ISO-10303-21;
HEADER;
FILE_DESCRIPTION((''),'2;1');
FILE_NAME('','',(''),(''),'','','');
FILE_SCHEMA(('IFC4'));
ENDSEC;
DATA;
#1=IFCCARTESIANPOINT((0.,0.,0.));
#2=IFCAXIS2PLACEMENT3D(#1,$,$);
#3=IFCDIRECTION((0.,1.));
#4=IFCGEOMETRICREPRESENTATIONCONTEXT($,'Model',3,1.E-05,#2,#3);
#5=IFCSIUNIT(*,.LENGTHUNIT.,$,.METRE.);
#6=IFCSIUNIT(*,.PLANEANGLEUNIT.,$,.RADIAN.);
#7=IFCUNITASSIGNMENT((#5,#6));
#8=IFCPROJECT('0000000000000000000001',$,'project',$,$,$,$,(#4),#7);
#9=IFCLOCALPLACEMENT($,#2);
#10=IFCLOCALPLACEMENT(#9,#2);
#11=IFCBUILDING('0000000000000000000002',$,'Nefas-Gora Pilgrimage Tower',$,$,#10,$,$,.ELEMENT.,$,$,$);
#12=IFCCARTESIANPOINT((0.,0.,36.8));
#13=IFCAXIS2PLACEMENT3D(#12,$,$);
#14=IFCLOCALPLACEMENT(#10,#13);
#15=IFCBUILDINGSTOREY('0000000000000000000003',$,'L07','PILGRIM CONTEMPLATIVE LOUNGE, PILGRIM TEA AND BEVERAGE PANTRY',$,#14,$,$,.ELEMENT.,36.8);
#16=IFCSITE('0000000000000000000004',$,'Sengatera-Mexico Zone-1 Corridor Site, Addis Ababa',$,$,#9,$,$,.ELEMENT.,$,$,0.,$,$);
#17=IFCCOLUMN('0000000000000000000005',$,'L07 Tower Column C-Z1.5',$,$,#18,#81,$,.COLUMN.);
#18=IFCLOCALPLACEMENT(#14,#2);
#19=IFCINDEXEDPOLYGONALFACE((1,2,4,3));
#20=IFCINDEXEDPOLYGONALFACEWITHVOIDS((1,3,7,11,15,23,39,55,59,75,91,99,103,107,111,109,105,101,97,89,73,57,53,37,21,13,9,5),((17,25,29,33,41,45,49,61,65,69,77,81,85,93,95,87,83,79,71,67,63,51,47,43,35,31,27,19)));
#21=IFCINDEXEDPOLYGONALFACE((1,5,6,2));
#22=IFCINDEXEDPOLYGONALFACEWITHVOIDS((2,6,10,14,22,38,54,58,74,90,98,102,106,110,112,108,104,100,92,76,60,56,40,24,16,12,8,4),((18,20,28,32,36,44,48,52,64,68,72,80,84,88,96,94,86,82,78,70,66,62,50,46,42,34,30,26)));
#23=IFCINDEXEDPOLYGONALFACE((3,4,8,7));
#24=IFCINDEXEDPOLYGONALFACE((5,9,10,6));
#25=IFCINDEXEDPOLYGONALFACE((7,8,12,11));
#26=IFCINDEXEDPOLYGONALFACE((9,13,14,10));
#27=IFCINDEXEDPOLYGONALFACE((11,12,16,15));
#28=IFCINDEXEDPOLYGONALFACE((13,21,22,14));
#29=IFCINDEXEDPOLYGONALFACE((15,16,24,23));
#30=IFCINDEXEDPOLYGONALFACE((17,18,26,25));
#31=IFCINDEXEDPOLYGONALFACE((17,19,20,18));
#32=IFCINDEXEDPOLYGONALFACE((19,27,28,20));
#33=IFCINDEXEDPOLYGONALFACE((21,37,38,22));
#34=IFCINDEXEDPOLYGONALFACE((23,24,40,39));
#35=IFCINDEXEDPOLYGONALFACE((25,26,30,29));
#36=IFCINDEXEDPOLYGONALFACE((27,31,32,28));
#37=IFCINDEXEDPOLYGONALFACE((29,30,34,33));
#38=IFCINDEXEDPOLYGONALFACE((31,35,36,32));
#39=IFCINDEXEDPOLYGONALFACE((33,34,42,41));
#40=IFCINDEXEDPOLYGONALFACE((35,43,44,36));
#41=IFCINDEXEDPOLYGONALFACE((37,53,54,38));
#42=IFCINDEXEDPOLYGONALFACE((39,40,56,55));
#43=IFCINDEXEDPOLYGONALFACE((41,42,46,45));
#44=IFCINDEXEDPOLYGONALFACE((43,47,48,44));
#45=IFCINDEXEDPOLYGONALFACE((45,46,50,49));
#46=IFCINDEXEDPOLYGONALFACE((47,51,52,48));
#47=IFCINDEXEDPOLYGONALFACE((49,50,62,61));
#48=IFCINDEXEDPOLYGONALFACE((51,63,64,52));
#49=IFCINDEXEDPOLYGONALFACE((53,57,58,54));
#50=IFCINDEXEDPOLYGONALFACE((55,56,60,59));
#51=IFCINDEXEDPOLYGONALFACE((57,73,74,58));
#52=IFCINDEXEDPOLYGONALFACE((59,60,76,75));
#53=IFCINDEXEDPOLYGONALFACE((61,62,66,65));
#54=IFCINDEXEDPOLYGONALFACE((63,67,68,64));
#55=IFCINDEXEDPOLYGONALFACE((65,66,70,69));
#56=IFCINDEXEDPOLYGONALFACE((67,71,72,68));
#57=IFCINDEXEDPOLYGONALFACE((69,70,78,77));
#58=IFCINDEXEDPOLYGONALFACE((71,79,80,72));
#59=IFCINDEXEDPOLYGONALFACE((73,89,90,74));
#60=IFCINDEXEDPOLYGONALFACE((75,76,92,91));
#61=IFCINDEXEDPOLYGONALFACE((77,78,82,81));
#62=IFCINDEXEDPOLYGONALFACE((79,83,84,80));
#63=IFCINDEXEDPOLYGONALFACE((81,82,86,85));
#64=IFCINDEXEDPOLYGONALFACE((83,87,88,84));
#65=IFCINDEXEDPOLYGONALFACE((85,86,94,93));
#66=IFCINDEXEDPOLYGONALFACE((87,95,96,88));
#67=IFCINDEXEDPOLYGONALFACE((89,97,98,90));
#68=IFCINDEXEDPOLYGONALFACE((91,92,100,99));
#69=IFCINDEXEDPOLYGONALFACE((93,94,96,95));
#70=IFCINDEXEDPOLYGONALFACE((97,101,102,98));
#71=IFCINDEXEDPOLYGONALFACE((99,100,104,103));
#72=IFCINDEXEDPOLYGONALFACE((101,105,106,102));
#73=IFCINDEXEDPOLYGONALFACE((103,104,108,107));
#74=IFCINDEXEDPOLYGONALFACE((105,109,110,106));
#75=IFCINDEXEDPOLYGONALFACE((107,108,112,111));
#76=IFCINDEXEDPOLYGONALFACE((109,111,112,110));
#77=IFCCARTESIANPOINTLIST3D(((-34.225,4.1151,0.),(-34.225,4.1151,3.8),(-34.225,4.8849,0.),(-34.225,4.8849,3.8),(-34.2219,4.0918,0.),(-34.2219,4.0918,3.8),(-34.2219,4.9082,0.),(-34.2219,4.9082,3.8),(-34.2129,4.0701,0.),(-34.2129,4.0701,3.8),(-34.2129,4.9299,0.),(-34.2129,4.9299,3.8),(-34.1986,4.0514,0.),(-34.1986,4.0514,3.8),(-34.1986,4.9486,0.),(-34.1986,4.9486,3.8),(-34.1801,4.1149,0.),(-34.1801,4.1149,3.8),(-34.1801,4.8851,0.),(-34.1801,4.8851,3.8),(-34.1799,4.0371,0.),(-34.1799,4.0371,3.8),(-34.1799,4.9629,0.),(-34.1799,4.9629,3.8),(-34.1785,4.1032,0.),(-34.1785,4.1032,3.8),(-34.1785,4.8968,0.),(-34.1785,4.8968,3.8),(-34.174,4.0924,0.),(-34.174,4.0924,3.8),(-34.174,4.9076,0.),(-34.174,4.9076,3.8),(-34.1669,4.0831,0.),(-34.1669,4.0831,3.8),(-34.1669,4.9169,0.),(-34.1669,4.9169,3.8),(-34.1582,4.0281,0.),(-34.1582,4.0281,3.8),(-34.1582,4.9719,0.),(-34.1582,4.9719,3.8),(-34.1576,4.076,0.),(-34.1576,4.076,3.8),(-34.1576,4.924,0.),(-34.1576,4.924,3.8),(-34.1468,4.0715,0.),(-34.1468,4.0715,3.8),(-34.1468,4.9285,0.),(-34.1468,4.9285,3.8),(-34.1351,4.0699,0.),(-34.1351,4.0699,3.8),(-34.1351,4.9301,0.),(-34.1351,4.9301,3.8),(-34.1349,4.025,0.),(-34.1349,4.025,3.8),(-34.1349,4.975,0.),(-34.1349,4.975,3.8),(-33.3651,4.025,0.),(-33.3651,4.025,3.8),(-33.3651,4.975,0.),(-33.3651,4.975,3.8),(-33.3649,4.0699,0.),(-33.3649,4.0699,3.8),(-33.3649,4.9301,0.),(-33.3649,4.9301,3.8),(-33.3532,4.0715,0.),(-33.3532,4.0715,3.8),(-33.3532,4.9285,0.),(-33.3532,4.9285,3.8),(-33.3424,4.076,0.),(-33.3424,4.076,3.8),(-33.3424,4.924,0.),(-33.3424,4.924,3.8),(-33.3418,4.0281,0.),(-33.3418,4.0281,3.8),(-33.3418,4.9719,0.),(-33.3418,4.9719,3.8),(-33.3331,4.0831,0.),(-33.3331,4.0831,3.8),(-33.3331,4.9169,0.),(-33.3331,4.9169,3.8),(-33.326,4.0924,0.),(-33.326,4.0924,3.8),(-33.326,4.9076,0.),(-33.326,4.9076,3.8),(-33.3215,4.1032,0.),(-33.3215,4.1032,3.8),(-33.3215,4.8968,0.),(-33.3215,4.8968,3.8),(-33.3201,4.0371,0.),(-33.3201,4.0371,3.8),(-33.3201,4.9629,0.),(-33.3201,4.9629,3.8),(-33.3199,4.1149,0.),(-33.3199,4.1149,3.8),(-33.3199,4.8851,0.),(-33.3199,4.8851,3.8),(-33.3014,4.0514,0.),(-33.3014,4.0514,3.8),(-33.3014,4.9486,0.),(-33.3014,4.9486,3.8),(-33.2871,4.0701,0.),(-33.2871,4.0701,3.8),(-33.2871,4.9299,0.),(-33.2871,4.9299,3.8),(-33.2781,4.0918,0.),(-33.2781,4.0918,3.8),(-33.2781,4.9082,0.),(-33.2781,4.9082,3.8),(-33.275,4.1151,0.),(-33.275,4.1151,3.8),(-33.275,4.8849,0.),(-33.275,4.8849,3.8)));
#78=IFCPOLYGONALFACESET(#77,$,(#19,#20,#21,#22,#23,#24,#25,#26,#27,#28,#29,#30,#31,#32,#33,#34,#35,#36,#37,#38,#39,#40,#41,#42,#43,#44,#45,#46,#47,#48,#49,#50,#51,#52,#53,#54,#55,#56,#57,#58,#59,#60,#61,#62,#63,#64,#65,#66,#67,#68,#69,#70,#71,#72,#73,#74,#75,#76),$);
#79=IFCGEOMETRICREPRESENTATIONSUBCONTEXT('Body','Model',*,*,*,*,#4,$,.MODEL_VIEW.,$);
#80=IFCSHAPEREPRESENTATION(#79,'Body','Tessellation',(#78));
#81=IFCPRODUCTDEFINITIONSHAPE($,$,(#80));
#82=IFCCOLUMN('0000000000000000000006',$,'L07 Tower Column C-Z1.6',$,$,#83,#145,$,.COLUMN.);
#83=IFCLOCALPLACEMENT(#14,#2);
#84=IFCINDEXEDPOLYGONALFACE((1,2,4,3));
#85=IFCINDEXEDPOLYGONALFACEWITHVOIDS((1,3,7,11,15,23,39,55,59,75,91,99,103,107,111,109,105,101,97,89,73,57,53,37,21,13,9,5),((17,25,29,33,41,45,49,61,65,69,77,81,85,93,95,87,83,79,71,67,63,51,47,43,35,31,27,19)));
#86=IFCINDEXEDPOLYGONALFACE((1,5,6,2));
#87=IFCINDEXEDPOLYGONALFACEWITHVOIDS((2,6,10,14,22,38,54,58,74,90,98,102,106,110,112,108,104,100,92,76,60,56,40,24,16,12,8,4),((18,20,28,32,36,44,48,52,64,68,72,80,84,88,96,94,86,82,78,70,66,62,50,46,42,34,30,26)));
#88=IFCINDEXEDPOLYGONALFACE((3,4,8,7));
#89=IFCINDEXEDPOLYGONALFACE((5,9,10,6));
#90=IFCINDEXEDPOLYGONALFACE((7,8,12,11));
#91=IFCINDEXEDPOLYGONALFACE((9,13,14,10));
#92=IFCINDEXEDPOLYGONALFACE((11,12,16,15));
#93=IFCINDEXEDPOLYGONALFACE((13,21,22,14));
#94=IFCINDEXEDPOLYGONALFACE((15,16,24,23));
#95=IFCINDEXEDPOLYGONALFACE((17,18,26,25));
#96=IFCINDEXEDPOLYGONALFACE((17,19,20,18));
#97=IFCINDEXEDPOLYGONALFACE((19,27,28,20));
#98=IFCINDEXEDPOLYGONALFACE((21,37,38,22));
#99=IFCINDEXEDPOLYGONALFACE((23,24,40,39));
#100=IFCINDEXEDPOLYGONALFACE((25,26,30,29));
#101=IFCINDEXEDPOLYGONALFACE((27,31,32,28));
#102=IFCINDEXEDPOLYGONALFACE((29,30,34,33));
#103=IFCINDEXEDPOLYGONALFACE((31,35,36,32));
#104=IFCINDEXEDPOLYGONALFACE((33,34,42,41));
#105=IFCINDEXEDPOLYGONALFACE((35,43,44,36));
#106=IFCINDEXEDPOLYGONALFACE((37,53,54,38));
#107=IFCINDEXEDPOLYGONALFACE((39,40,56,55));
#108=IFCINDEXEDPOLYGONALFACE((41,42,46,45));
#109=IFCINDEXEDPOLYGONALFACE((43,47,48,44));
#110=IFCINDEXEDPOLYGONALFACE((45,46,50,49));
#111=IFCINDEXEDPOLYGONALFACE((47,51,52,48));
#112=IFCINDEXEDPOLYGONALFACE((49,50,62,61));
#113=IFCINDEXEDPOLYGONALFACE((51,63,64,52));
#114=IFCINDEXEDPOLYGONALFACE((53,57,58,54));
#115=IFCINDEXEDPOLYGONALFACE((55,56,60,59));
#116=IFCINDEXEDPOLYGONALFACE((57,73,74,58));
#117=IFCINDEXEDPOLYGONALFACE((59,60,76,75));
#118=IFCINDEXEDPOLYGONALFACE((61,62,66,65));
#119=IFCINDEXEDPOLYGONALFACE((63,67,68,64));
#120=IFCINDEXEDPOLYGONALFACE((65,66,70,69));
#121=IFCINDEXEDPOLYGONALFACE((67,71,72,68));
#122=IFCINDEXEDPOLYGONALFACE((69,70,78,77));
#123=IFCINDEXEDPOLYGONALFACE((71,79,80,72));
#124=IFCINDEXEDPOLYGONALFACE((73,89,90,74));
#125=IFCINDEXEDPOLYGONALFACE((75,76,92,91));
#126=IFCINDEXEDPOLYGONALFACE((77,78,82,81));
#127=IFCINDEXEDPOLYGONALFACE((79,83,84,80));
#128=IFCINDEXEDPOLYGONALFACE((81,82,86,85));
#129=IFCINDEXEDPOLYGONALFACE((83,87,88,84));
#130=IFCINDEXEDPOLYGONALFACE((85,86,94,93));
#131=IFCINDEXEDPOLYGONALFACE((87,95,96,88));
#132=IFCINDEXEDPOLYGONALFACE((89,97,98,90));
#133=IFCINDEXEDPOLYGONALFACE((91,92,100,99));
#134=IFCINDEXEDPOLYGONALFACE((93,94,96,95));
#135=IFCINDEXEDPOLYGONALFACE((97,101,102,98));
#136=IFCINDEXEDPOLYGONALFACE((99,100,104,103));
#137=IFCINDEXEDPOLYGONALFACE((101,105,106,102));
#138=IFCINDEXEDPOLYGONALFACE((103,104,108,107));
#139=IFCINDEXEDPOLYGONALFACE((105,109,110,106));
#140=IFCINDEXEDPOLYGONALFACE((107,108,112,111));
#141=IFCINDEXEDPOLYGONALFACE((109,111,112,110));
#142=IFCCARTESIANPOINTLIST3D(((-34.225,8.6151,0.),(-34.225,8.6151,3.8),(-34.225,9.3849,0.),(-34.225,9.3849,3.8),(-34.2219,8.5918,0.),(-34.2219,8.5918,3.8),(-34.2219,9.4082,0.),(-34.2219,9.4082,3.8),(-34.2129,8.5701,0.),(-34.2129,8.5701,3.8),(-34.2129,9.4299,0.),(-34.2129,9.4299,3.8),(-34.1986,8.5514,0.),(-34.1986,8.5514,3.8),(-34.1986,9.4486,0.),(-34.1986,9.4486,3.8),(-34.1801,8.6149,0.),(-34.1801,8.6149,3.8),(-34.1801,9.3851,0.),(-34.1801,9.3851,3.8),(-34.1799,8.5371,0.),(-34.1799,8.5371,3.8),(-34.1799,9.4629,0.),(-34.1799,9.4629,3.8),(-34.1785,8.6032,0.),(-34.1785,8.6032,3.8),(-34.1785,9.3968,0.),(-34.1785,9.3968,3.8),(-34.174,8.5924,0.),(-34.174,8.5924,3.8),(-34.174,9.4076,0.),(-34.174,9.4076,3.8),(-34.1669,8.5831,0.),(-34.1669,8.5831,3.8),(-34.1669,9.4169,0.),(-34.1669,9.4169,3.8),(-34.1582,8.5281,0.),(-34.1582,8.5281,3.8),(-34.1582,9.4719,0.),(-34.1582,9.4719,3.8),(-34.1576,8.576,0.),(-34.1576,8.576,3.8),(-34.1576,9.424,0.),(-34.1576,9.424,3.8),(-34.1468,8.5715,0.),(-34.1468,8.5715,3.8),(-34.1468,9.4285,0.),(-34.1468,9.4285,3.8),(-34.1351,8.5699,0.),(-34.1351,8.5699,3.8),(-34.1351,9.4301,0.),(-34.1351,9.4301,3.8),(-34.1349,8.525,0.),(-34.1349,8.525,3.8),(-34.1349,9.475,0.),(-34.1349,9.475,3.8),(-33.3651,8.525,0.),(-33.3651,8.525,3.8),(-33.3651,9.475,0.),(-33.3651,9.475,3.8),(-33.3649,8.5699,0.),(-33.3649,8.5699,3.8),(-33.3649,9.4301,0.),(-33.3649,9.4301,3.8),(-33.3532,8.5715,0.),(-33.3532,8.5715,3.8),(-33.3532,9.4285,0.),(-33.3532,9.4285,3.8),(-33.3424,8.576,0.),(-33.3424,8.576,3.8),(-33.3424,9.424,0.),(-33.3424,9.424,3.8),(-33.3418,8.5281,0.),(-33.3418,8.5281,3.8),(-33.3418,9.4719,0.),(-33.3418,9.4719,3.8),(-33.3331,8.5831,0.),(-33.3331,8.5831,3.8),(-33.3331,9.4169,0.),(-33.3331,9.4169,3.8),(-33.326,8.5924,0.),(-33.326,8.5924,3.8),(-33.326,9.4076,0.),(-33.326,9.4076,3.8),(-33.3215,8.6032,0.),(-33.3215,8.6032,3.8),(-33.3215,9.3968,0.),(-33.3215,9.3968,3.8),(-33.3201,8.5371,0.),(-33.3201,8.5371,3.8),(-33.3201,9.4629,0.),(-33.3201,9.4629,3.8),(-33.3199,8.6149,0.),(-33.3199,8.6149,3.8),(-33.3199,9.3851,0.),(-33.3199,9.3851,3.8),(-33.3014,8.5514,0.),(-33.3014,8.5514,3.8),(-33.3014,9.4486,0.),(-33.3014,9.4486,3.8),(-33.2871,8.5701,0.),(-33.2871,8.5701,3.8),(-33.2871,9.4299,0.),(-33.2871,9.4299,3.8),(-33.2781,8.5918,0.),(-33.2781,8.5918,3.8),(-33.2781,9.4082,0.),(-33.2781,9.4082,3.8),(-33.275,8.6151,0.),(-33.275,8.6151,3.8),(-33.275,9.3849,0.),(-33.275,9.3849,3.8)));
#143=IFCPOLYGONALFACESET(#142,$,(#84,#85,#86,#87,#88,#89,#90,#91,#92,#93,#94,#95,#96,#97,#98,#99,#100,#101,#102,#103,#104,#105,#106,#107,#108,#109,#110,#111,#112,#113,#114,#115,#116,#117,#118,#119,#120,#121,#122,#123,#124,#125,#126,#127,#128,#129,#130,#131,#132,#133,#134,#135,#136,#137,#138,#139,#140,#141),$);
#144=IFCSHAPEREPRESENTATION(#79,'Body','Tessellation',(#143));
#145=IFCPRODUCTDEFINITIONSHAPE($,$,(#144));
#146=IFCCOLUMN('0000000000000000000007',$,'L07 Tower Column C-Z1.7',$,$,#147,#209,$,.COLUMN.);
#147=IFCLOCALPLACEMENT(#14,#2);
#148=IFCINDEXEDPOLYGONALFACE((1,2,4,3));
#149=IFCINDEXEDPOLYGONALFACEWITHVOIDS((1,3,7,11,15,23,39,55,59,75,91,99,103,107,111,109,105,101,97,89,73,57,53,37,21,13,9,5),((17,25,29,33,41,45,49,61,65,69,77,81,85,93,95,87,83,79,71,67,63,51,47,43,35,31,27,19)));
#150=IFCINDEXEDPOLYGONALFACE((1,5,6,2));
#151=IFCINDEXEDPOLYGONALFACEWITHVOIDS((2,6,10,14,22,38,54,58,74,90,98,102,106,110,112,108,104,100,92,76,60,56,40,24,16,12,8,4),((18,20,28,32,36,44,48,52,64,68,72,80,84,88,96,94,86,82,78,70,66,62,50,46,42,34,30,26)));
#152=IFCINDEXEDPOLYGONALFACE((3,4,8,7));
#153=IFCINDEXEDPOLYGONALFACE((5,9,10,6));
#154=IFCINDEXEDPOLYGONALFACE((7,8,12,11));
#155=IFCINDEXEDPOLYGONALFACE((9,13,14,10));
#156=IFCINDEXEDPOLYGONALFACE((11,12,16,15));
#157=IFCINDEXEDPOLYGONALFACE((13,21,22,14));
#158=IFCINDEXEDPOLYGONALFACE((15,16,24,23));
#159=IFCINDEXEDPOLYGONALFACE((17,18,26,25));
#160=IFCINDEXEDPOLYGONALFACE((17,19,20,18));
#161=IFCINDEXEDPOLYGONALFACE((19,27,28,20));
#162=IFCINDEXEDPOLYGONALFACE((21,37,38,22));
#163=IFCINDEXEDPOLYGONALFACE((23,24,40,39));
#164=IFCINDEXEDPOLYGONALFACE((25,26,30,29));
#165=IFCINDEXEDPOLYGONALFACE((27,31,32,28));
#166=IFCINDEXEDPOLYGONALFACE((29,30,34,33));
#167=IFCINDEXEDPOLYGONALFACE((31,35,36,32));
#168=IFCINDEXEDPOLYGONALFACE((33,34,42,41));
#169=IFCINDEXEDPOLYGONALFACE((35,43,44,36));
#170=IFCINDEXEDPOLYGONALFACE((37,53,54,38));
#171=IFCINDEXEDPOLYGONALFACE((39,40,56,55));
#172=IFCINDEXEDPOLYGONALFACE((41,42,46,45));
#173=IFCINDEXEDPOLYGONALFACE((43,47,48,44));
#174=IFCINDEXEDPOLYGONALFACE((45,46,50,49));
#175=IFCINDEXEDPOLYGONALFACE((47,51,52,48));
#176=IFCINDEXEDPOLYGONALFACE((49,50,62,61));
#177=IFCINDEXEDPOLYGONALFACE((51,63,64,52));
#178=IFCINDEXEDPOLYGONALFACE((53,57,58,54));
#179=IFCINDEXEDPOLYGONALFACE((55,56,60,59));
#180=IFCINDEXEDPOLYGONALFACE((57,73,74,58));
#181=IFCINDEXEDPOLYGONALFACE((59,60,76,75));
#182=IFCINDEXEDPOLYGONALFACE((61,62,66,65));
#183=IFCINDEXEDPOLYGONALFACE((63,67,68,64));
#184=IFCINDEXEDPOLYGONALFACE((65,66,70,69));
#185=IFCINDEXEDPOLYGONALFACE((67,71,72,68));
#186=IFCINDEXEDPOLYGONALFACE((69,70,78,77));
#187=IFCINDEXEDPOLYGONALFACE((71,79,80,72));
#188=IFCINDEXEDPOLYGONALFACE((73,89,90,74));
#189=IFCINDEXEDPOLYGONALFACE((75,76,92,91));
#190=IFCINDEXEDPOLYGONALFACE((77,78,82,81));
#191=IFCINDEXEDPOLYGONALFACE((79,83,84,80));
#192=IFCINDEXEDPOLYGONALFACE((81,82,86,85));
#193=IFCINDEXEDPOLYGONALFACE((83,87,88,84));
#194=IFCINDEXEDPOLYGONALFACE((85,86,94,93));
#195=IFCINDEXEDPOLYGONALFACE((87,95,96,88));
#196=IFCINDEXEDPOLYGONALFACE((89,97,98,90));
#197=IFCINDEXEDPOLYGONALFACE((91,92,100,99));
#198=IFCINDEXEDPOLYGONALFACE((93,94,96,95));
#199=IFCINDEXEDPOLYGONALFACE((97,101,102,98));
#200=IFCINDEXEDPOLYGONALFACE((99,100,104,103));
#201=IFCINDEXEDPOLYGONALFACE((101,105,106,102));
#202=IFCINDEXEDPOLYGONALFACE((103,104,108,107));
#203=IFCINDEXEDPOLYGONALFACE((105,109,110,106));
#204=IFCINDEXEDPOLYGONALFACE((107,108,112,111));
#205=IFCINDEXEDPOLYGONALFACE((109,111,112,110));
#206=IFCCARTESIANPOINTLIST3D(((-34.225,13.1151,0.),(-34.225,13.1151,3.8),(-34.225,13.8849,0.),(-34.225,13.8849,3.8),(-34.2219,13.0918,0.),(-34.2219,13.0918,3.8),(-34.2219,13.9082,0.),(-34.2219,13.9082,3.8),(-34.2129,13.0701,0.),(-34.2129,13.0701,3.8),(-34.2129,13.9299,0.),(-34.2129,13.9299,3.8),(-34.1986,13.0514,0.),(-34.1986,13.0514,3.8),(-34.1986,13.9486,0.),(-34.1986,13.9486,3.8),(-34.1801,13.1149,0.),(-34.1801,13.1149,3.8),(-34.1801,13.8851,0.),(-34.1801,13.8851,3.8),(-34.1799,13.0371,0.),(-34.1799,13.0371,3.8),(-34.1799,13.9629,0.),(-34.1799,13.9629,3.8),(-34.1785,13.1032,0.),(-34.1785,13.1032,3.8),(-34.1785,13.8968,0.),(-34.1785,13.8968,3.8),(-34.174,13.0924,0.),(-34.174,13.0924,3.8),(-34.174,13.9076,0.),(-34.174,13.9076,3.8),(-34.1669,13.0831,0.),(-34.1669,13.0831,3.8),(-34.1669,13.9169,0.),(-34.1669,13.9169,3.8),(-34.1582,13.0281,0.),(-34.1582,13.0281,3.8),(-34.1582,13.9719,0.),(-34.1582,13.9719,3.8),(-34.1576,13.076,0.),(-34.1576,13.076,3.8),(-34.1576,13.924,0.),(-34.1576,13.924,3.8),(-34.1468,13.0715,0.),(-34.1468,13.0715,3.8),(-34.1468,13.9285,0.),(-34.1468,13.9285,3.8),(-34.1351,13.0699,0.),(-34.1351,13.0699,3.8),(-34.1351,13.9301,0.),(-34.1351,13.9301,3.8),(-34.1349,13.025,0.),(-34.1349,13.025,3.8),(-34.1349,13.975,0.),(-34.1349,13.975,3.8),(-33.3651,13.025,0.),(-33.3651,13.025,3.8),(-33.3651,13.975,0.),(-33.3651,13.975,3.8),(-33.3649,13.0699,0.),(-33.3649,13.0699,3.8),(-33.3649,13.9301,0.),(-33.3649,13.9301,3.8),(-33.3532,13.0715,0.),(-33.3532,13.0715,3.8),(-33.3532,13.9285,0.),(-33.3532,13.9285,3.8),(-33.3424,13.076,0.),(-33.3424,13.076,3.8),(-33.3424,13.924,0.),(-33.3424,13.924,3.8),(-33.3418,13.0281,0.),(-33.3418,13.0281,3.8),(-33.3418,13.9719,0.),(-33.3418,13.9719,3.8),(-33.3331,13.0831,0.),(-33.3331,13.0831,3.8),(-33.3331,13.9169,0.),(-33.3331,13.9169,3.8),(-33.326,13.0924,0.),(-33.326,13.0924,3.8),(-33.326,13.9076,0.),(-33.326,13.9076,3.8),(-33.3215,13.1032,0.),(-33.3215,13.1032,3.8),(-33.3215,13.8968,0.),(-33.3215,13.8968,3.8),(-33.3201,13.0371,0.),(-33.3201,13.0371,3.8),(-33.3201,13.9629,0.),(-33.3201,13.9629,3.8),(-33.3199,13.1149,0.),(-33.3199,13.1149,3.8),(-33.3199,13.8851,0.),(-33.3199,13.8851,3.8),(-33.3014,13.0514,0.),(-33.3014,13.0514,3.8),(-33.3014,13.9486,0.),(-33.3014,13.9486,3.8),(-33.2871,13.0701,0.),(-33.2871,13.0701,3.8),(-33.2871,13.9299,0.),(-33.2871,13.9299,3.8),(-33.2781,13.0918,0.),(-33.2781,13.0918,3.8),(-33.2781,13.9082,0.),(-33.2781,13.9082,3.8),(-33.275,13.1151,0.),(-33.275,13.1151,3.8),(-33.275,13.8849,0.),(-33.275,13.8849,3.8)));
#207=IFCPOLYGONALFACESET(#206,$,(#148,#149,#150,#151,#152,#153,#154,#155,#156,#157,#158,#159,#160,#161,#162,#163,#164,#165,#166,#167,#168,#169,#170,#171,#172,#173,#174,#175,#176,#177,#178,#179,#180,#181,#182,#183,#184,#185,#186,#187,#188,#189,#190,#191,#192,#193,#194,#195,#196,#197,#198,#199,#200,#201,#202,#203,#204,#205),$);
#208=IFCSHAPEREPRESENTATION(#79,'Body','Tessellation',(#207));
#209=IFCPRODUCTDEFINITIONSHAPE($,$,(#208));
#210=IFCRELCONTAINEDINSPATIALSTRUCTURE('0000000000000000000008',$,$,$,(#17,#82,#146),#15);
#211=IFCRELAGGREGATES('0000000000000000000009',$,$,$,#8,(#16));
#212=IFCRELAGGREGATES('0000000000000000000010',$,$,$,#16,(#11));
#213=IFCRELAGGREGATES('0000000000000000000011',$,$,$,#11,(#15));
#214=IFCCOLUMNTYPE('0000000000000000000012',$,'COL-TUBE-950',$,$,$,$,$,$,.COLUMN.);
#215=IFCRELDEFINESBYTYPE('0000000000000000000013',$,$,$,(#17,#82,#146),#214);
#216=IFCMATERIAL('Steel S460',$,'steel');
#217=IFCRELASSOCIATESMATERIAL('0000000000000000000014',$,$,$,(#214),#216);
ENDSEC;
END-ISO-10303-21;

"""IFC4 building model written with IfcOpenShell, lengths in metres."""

from ifc_helpers import new_model, si_unit, direction, frame, origin, origin_2d, place, context, subcontext, project, spatial, hollow_rectangle, extrude, source, transform, mapped, material, material_profile, profile_set, type_object, element, save


model = new_model("IFC4")

# Units and contexts
model_context = context("Model", 3, precision=1e-05, world=origin(), true_north=direction((0.0, 1.0)))
body_context = subcontext(model_context, "Body", "Model", "MODEL_VIEW")
ifc_project = project(units=[si_unit("LENGTHUNIT", "METRE"), si_unit("PLANEANGLEUNIT", "RADIAN")], contexts=[model_context])

# Site, building, storey
site_placement = place(None, origin())
site = spatial("IfcSite", under=ifc_project, at=site_placement, Name="Sengatera-Mexico Zone-1 Corridor Site, Addis Ababa", CompositionType="ELEMENT", RefElevation=0.0)
building_placement = place(site_placement, origin())
building = spatial("IfcBuilding", under=site, at=building_placement, Name="Nefas-Gora Pilgrimage Tower", CompositionType="ELEMENT")
storey_placement = place(building_placement, frame((0.0, 0.0, 36.8)))
storey = spatial("IfcBuildingStorey", under=building, at=storey_placement, Name="L07", Description="PILGRIM CONTEMPLATIVE LOUNGE, PILGRIM TEA AND BEVERAGE PANTRY", CompositionType="ELEMENT", Elevation=36.8)

# Columns
ifc_material_1 = material(Name="Steel S460", Category="steel")
ifc_material_profile_1 = material_profile(ifc_material_1, hollow_rectangle(XDim=0.95, YDim=0.95, WallThickness=0.0449, InnerFilletRadius=0.0449, OuterFilletRadius=0.0901, at=origin_2d()), Name="BOX 950x950x45")
ifc_profile_set_1 = profile_set([ifc_material_profile_1], Name="Steel S460")
column_type_1 = type_object("IfcColumnType", Name="COL-TUBE-950", PredefinedType="COLUMN", material=ifc_profile_set_1)
shared_shape_1 = source(origin(), body_context, "Body", "SweptSolid", [
    extrude(hollow_rectangle(XDim=0.95, YDim=0.95, WallThickness=0.0449, InnerFilletRadius=0.0449, OuterFilletRadius=0.0901, at=origin_2d()), origin(), (0.0, 0.0, 1.0), 3.8),
])
for number, where, z_axis, x_axis, name in (
    (1, (-33.75, 4.5, 0.0), (0.0, 0.0, 1.0), (1.0, 0.0, 0.0), "L07 Tower Column C-Z1.5"),
    (2, (-33.75, 9.0, 0.0), (0.0, 0.0, 1.0), (1.0, 0.0, 0.0), "L07 Tower Column C-Z1.6"),
    (3, (-33.75, 13.5, 0.0), (0.0, 0.0, 1.0), (1.0, 0.0, 0.0), "L07 Tower Column C-Z1.7"),
):
    element("IfcColumn", number, at=place(storey_placement, frame(where, z_axis=z_axis, x_axis=x_axis)), inside=storey, type_object=column_type_1, Name=name, PredefinedType="COLUMN", context=body_context, shape_type="MappedRepresentation", body=[
        mapped(shared_shape_1, transform((0.0, 0.0, 0.0), x_axis=(1.0, 0.0, 0.0), y_axis=(0.0, 1.0, 0.0), z_axis=(0.0, 0.0, 1.0), scale=1.0)),
    ])

save(model, "model.ifc")
